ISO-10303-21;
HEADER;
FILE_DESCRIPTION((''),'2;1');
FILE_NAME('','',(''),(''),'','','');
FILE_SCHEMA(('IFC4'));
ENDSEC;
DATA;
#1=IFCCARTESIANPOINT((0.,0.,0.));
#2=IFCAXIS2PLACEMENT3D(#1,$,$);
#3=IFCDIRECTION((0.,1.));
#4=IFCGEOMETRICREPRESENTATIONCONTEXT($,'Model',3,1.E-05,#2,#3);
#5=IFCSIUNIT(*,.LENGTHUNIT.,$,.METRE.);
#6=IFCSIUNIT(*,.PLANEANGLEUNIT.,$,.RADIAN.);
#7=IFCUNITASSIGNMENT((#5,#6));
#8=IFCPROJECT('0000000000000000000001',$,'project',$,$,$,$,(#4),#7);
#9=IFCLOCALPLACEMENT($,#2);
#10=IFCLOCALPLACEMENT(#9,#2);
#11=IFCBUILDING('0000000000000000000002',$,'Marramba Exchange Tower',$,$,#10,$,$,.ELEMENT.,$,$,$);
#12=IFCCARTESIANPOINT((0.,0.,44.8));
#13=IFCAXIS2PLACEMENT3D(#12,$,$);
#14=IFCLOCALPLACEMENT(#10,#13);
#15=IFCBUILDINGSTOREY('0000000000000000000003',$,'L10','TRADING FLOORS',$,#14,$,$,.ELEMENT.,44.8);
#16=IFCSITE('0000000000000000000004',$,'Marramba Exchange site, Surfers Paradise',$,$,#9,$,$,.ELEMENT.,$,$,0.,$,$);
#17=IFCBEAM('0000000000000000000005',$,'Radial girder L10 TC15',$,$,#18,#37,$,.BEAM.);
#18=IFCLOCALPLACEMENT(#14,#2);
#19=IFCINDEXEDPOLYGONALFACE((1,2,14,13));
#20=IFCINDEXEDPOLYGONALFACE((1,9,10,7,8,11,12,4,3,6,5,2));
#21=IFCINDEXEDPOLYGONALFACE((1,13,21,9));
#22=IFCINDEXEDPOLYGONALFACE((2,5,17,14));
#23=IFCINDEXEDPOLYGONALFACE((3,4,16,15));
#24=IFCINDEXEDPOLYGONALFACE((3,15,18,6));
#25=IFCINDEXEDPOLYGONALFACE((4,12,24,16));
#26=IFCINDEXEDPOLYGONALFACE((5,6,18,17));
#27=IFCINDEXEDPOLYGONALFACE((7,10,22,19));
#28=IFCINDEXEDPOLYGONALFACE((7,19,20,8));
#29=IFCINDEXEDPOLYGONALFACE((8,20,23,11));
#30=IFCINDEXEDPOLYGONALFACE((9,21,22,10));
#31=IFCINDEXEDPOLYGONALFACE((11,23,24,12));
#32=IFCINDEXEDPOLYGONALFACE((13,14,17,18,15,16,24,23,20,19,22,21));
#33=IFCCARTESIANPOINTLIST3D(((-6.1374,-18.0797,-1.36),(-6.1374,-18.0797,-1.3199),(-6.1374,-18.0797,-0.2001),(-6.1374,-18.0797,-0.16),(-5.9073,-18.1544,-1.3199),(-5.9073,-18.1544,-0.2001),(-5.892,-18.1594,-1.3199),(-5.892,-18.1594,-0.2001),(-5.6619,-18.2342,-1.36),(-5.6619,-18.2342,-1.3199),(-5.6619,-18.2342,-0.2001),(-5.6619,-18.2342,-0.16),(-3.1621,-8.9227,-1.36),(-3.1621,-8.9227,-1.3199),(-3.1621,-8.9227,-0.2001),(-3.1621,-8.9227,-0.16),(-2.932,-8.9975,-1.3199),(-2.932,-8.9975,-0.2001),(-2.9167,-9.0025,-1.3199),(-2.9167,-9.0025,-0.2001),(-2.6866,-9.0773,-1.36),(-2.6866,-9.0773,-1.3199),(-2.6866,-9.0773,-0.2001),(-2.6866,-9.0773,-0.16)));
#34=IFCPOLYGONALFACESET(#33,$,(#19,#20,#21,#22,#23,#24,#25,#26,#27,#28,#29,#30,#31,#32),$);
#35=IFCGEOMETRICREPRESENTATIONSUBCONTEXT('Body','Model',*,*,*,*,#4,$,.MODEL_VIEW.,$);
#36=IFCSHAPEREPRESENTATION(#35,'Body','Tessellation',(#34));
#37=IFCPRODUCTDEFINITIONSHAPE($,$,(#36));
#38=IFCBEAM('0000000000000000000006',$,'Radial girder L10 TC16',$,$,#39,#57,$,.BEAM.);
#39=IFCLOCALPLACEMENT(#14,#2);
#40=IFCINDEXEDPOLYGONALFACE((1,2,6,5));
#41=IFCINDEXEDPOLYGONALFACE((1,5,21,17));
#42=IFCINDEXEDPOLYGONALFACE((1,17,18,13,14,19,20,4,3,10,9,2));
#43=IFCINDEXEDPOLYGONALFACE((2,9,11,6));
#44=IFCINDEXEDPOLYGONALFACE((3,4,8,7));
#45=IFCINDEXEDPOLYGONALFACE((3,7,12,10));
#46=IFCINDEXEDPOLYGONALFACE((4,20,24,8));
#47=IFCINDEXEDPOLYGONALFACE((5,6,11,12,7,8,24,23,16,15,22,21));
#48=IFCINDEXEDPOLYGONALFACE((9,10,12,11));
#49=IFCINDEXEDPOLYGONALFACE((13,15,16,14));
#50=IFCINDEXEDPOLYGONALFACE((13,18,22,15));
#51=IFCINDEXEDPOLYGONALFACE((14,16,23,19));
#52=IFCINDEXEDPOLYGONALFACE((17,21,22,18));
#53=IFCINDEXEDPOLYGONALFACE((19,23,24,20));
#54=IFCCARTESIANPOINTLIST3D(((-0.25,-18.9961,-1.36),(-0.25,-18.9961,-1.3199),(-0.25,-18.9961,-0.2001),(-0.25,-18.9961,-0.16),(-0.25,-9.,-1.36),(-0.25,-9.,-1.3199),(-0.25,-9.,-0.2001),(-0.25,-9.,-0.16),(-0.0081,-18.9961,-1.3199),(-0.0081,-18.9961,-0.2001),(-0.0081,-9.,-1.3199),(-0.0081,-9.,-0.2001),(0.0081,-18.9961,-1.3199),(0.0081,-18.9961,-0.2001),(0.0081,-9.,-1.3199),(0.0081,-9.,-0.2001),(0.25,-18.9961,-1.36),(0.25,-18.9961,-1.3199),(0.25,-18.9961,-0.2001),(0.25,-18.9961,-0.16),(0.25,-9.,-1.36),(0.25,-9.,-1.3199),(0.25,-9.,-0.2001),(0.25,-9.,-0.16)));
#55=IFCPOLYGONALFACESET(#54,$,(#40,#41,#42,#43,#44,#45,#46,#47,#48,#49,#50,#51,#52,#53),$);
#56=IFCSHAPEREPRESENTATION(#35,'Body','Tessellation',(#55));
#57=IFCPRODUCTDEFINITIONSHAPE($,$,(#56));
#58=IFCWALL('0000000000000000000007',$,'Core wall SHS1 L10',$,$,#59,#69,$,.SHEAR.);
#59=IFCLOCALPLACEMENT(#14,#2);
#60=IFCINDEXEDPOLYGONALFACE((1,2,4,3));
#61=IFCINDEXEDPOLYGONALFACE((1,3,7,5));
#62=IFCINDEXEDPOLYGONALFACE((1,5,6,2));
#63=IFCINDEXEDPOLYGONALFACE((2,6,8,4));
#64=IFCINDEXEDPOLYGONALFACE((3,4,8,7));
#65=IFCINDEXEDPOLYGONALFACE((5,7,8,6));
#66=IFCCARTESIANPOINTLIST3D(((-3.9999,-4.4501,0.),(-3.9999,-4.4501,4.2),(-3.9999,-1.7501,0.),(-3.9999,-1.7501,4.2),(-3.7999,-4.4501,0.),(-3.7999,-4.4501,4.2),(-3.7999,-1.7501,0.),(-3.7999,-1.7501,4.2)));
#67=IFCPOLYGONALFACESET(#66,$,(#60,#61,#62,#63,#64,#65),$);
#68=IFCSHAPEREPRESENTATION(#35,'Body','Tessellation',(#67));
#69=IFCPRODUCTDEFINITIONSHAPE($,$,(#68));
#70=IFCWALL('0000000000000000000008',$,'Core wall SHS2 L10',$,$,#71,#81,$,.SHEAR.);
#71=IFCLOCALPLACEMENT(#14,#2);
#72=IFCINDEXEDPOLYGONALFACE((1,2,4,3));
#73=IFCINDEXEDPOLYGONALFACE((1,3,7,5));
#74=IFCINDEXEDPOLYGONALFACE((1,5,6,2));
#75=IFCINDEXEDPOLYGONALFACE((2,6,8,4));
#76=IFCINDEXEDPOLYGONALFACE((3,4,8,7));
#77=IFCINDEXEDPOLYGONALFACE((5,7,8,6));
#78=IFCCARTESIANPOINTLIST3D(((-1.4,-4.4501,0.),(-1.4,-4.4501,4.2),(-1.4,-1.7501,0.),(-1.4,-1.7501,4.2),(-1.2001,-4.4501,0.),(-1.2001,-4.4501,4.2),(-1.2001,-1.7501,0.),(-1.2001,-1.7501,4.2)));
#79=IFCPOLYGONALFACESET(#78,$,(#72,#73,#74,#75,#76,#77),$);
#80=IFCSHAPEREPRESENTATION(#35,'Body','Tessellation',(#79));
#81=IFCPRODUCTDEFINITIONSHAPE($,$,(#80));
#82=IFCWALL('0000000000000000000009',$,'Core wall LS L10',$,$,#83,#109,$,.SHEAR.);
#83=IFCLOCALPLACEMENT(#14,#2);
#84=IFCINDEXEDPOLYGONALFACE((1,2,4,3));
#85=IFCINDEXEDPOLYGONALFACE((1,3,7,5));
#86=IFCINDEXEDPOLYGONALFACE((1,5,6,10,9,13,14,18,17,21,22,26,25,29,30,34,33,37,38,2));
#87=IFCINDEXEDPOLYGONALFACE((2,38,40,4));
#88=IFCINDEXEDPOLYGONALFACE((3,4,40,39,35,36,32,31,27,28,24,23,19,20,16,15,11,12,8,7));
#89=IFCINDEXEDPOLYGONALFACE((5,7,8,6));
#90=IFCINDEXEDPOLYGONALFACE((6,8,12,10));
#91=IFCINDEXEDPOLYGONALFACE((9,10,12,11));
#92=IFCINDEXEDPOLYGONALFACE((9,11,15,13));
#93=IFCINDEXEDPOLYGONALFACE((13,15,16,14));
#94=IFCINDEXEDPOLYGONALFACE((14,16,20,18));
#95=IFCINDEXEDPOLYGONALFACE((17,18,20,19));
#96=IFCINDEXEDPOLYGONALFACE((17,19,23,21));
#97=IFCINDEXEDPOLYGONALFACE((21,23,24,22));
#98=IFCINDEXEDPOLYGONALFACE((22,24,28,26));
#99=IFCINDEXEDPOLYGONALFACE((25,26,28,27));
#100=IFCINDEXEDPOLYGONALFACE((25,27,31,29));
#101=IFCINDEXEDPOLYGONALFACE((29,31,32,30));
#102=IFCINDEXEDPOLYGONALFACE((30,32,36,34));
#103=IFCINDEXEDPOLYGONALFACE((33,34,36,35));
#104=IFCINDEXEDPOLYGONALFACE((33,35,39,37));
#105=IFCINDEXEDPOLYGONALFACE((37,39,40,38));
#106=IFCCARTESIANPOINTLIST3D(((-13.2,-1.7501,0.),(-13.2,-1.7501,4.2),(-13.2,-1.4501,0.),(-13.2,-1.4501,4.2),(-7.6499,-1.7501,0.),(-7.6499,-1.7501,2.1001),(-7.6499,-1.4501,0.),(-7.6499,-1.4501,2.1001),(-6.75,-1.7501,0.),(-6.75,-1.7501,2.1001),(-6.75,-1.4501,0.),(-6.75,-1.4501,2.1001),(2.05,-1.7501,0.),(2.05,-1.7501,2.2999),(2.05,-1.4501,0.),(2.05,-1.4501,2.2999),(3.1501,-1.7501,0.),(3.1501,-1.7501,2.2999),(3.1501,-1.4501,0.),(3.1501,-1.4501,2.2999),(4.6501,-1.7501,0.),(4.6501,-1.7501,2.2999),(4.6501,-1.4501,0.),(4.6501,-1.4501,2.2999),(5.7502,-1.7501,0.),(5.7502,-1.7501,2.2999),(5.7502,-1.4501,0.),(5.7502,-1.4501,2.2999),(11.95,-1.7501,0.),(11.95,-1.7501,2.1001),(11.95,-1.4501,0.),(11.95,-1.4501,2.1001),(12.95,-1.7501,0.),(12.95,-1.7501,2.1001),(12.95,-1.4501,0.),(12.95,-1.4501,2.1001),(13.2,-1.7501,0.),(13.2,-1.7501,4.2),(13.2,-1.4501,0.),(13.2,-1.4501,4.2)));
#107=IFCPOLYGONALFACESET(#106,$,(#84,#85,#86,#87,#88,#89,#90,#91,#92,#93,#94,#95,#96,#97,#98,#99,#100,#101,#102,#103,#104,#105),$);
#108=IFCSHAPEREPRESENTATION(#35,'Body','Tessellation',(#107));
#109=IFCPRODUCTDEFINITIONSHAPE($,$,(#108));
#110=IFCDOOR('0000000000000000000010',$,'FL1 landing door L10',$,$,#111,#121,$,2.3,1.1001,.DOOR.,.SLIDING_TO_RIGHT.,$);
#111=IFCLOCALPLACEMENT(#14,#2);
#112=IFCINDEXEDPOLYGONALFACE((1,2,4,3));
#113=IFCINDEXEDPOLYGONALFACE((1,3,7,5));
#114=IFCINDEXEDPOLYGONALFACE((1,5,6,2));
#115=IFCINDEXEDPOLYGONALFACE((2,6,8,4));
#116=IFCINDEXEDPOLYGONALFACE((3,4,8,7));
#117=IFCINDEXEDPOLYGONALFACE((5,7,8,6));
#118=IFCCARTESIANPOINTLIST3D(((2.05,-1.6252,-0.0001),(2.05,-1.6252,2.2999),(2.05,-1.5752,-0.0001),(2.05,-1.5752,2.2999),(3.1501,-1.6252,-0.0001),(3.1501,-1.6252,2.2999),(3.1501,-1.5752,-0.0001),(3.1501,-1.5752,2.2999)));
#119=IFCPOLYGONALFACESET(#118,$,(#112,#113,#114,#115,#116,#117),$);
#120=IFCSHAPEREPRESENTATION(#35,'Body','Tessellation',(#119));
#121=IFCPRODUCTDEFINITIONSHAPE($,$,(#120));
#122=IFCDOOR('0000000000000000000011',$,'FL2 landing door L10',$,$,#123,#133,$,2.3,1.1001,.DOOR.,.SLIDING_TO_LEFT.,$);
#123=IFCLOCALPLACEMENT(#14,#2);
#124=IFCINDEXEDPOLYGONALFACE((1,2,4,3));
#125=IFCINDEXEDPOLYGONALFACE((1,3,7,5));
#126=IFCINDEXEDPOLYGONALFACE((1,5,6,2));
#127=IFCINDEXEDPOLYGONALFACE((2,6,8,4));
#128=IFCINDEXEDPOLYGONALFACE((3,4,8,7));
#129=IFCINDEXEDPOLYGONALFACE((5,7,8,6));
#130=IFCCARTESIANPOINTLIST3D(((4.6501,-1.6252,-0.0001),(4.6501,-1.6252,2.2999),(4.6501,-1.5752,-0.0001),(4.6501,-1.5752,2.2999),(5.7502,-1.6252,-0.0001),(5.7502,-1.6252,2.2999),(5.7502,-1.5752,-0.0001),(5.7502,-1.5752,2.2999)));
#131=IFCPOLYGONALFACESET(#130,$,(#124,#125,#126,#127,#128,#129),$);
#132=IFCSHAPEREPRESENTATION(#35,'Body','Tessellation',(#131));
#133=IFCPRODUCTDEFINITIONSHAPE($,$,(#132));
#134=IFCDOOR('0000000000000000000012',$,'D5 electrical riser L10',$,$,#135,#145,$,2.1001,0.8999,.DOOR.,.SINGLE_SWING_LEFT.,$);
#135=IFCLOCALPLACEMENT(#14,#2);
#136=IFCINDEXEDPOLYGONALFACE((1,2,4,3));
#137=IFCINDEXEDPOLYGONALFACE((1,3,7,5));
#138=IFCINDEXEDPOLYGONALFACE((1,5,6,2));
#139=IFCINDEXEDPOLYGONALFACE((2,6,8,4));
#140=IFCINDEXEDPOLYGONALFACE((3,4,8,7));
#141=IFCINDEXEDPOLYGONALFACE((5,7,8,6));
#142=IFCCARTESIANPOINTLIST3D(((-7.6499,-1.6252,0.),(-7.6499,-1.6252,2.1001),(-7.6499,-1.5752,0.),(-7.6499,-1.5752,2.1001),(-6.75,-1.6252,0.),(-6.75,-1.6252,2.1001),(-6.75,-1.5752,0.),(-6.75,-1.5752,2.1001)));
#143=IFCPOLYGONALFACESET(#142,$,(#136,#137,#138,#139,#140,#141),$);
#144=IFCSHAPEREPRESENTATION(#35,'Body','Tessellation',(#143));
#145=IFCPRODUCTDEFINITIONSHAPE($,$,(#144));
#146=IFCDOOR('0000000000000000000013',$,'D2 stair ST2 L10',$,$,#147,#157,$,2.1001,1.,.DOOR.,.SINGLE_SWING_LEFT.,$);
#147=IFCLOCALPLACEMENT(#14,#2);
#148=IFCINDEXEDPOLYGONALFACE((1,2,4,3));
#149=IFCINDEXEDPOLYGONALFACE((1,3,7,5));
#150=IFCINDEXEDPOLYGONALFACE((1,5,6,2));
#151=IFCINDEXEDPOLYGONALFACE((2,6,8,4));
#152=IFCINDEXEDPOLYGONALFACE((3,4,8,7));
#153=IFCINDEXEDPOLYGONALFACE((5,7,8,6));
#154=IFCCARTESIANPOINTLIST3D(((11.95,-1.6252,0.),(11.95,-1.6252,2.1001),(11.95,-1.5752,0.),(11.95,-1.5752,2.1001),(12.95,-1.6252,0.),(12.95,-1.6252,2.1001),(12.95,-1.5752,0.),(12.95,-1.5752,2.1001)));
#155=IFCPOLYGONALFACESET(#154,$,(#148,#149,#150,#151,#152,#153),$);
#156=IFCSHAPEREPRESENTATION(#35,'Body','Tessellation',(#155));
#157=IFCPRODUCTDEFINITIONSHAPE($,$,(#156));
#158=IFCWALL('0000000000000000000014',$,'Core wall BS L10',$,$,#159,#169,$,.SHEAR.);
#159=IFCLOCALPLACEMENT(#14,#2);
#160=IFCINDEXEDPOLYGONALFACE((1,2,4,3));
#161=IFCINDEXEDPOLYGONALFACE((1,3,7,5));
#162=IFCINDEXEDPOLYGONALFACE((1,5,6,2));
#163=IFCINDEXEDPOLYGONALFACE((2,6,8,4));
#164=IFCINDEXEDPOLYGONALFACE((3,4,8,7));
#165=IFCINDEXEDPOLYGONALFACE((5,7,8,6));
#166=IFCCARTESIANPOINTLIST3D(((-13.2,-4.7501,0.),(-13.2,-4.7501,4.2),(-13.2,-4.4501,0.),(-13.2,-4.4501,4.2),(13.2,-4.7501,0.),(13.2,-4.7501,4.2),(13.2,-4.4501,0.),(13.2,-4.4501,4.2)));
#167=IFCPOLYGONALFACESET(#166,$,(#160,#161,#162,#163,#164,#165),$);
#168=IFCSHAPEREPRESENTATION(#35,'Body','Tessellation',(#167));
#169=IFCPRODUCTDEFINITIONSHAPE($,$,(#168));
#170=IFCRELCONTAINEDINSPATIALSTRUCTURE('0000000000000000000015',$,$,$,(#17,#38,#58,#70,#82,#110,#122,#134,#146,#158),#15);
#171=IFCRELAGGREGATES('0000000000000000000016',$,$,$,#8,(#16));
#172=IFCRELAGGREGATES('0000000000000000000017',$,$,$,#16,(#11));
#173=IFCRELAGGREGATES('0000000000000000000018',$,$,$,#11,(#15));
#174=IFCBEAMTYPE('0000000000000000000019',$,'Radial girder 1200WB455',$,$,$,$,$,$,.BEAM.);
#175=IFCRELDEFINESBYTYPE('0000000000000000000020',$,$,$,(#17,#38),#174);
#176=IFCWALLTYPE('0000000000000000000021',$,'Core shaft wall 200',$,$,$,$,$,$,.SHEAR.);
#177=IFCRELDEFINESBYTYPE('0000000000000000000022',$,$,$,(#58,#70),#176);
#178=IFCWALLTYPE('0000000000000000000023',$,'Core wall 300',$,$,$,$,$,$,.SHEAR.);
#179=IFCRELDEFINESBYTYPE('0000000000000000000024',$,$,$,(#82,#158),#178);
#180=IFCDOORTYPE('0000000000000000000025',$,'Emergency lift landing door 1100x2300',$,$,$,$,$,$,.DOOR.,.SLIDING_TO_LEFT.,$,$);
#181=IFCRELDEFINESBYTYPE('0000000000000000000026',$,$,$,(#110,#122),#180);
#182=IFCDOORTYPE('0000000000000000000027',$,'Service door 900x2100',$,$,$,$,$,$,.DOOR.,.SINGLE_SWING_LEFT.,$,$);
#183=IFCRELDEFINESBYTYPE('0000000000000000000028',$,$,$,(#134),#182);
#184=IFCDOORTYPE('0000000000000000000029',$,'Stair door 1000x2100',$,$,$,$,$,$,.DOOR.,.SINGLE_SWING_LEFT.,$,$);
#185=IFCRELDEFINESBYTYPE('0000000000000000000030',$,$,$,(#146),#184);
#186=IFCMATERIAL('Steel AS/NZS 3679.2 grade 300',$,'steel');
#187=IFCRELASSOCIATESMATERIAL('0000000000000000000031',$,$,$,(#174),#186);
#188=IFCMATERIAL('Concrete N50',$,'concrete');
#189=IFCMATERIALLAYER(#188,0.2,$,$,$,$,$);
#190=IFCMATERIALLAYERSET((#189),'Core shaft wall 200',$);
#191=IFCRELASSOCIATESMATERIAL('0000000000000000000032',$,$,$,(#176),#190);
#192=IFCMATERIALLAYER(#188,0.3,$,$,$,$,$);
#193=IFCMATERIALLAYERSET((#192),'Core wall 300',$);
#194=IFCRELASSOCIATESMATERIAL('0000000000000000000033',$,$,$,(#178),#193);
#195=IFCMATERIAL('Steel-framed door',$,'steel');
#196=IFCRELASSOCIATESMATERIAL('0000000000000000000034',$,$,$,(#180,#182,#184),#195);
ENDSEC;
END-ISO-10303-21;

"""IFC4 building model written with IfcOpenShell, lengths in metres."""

from ifc_helpers import new_model, si_unit, direction, frame, frame_2d, origin, origin_2d, place, context, subcontext, project, spatial, rectangle, i_section, extrude, material, layer, layer_set, material_profile, profile_set, type_object, element, fill, save


model = new_model("IFC4")

# Units and contexts
model_context = context("Model", 3, precision=1e-05, world=origin(), true_north=direction((0.0, 1.0)))
body_context = subcontext(model_context, "Body", "Model", "MODEL_VIEW")
ifc_project = project(units=[si_unit("LENGTHUNIT", "METRE"), si_unit("PLANEANGLEUNIT", "RADIAN")], contexts=[model_context])

# Site, building, storey
site_placement = place(None, origin())
site = spatial("IfcSite", under=ifc_project, at=site_placement, Name="Marramba Exchange site, Surfers Paradise", CompositionType="ELEMENT", RefElevation=0.0)
building_placement = place(site_placement, origin())
building = spatial("IfcBuilding", under=site, at=building_placement, Name="Marramba Exchange Tower", CompositionType="ELEMENT")
storey_placement = place(building_placement, frame((0.0, 0.0, 44.8)))
storey = spatial("IfcBuildingStorey", under=building, at=storey_placement, Name="L10", Description="TRADING FLOORS", CompositionType="ELEMENT", Elevation=44.8)

# Beams
ifc_material_1 = material(Name="Steel AS/NZS 3679.2 grade 300", Category="steel")
ifc_material_profile = material_profile(ifc_material_1, i_section(OverallWidth=0.5, OverallDepth=1.2, WebThickness=0.0161, FlangeThickness=0.04, at=origin_2d()), Name="1200WB455")
ifc_profile_set = profile_set([ifc_material_profile], Name="Steel AS/NZS 3679.2 grade 300")
beam_type = type_object("IfcBeamType", Name="Radial girder 1200WB455", PredefinedType="BEAM", material=ifc_profile_set)
beam_1_placement = place(storey_placement, frame((-2.9243, -9.0, -0.76), z_axis=(-0.309022, -0.951055, 0.0), x_axis=(0.951055, -0.309022, 0.0)))
element("IfcBeam", 1, at=beam_1_placement, inside=storey, type_object=beam_type, Name="Radial girder L10 TC15", PredefinedType="BEAM", context=body_context, shape_type="SweptSolid", body=[
    extrude(i_section(OverallWidth=0.5, OverallDepth=1.2, WebThickness=0.0161, FlangeThickness=0.04, at=origin_2d()), origin(), (0.0, 0.0, 1.0), 9.6282),
])
beam_2_placement = place(storey_placement, frame((0.0, -9.0, -0.76), z_axis=(0.0, -1.0, 0.0), x_axis=(1.0, 0.0, 0.0)))
element("IfcBeam", 2, at=beam_2_placement, inside=storey, type_object=beam_type, Name="Radial girder L10 TC16", PredefinedType="BEAM", context=body_context, shape_type="SweptSolid", body=[
    extrude(i_section(OverallWidth=0.5, OverallDepth=1.2, WebThickness=0.0161, FlangeThickness=0.04, at=origin_2d()), origin(), (0.0, 0.0, 1.0), 9.9961),
])

# Walls
ifc_material_2 = material(Name="Concrete N50", Category="concrete")
ifc_layer_1 = layer(ifc_material_2, 0.2)
ifc_layer_set_1 = layer_set([ifc_layer_1], Name="Core shaft wall 200")
wall_type_1 = type_object("IfcWallType", Name="Core shaft wall 200", PredefinedType="SHEAR", material=ifc_layer_set_1)
for number, where, z_axis, x_axis, name in (
    (3, (-3.8999, -1.75, 0.0), (0.0, 0.0, 1.0), (0.0, -1.0, 0.0), "Core wall SHS1 L10"),
    (4, (-1.3, -1.75, 0.0), (0.0, 0.0, 1.0), (0.0, -1.0, 0.0), "Core wall SHS2 L10"),
):
    element("IfcWall", number, at=place(storey_placement, frame(where, z_axis=z_axis, x_axis=x_axis)), inside=storey, type_object=wall_type_1, Name=name, PredefinedType="SHEAR", context=body_context, shape_type="SweptSolid", body=[
        extrude(rectangle(XDim=2.7, YDim=0.2, at=frame_2d((1.3501, 0.0))), origin(), (0.0, 0.0, 1.0), 4.2),
    ])

# Wall, openings, doors
ifc_layer_2 = layer(ifc_material_2, 0.3)
ifc_layer_set_2 = layer_set([ifc_layer_2], Name="Core wall 300")
wall_type_2 = type_object("IfcWallType", Name="Core wall 300", PredefinedType="SHEAR", material=ifc_layer_set_2)
wall_1_placement = place(storey_placement, frame((-13.2, -1.6001, 0.0), z_axis=(0.0, 0.0, 1.0), x_axis=(1.0, 0.0, 0.0)))
wall_1 = element("IfcWall", 5, at=wall_1_placement, inside=storey, type_object=wall_type_2, Name="Core wall LS L10", PredefinedType="SHEAR", context=body_context, shape_type="SweptSolid", body=[
    extrude(rectangle(XDim=26.3999, YDim=0.3, at=frame_2d((13.2, 0.0))), origin(), (0.0, 0.0, 1.0), 4.2),
])
opening_1_placement = place(wall_1_placement, frame((25.1499, 0.0, 0.0)))
opening_1 = element("IfcOpeningElement", 6, at=opening_1_placement, cuts=wall_1, PredefinedType="OPENING", context=body_context, shape_type="SweptSolid", body=[
    extrude(rectangle(XDim=1.0, YDim=2.1001, at=frame_2d((0.5, 1.05))), frame((0.0, 0.1599, 0.0), z_axis=(0.0, -1.0, 0.0), x_axis=(1.0, 0.0, 0.0)), (0.0, 0.0, 1.0), 0.3201),
])
opening_2_placement = place(wall_1_placement, frame((15.25, 0.0, 0.0)))
opening_2 = element("IfcOpeningElement", 7, at=opening_2_placement, cuts=wall_1, PredefinedType="OPENING", context=body_context, shape_type="SweptSolid", body=[
    extrude(rectangle(XDim=1.1001, YDim=2.3, at=frame_2d((0.55, 1.1499))), frame((0.0, 0.1599, 0.0), z_axis=(0.0, -1.0, 0.0), x_axis=(1.0, 0.0, 0.0)), (0.0, 0.0, 1.0), 0.3201),
])
opening_3_placement = place(wall_1_placement, frame((17.8501, 0.0, 0.0)))
opening_3 = element("IfcOpeningElement", 8, at=opening_3_placement, cuts=wall_1, PredefinedType="OPENING", context=body_context, shape_type="SweptSolid", body=[
    extrude(rectangle(XDim=1.1001, YDim=2.3, at=frame_2d((0.55, 1.1499))), frame((0.0, 0.1599, 0.0), z_axis=(0.0, -1.0, 0.0), x_axis=(1.0, 0.0, 0.0)), (0.0, 0.0, 1.0), 0.3201),
])
opening_4_placement = place(wall_1_placement, frame((5.55, 0.0, 0.0)))
opening_4 = element("IfcOpeningElement", 9, at=opening_4_placement, cuts=wall_1, PredefinedType="OPENING", context=body_context, shape_type="SweptSolid", body=[
    extrude(rectangle(XDim=0.8999, YDim=2.1001, at=frame_2d((0.45, 1.05))), frame((0.0, 0.1599, 0.0), z_axis=(0.0, -1.0, 0.0), x_axis=(1.0, 0.0, 0.0)), (0.0, 0.0, 1.0), 0.3201),
])
ifc_material_3 = material(Name="Steel-framed door", Category="steel")
door_type_1 = type_object("IfcDoorType", Name="Emergency lift landing door 1100x2300", OperationType="SLIDING_TO_LEFT", PredefinedType="DOOR", material=ifc_material_3)
door_1_placement = place(opening_2_placement, frame((1.1001, 0.0, 0.0), z_axis=(0.0, 0.0, 1.0), x_axis=(-1.0, 0.0, 0.0)))
door_1 = element("IfcDoor", 10, at=door_1_placement, inside=storey, type_object=door_type_1, Name="FL1 landing door L10", OperationType="SLIDING_TO_RIGHT", OverallHeight=2.3, OverallWidth=1.1001, PredefinedType="DOOR", context=body_context, shape_type="SweptSolid", body=[
    extrude(rectangle(XDim=1.1001, YDim=2.3, at=frame_2d((0.55, 1.1499))), frame((0.0, 0.0251, 0.0), z_axis=(0.0, -1.0, 0.0), x_axis=(1.0, 0.0, 0.0)), (0.0, 0.0, 1.0), 0.05),
])
fill(opening_2, door_1)
door_2_placement = place(opening_3_placement, frame((1.1001, 0.0, 0.0), z_axis=(0.0, 0.0, 1.0), x_axis=(-1.0, 0.0, 0.0)))
door_2 = element("IfcDoor", 11, at=door_2_placement, inside=storey, type_object=door_type_1, Name="FL2 landing door L10", OperationType="SLIDING_TO_LEFT", OverallHeight=2.3, OverallWidth=1.1001, PredefinedType="DOOR", context=body_context, shape_type="SweptSolid", body=[
    extrude(rectangle(XDim=1.1001, YDim=2.3, at=frame_2d((0.55, 1.1499))), frame((0.0, 0.0251, 0.0), z_axis=(0.0, -1.0, 0.0), x_axis=(1.0, 0.0, 0.0)), (0.0, 0.0, 1.0), 0.05),
])
fill(opening_3, door_2)
door_type_2 = type_object("IfcDoorType", Name="Service door 900x2100", OperationType="SINGLE_SWING_LEFT", PredefinedType="DOOR", material=ifc_material_3)
door_3_placement = place(opening_4_placement, frame((0.8999, 0.0, 0.0), z_axis=(0.0, 0.0, 1.0), x_axis=(-1.0, 0.0, 0.0)))
door_3 = element("IfcDoor", 12, at=door_3_placement, inside=storey, type_object=door_type_2, Name="D5 electrical riser L10", OperationType="SINGLE_SWING_LEFT", OverallHeight=2.1001, OverallWidth=0.8999, PredefinedType="DOOR", context=body_context, shape_type="SweptSolid", body=[
    extrude(rectangle(XDim=0.8999, YDim=2.1001, at=frame_2d((0.45, 1.05))), frame((0.0, 0.0251, 0.0), z_axis=(0.0, -1.0, 0.0), x_axis=(1.0, 0.0, 0.0)), (0.0, 0.0, 1.0), 0.05),
])
fill(opening_4, door_3)
door_type_3 = type_object("IfcDoorType", Name="Stair door 1000x2100", OperationType="SINGLE_SWING_LEFT", PredefinedType="DOOR", material=ifc_material_3)
door_4_placement = place(opening_1_placement, frame((1.0, 0.0, 0.0), z_axis=(0.0, 0.0, 1.0), x_axis=(-1.0, 0.0, 0.0)))
door_4 = element("IfcDoor", 13, at=door_4_placement, inside=storey, type_object=door_type_3, Name="D2 stair ST2 L10", OperationType="SINGLE_SWING_LEFT", OverallHeight=2.1001, OverallWidth=1.0, PredefinedType="DOOR", context=body_context, shape_type="SweptSolid", body=[
    extrude(rectangle(XDim=1.0, YDim=2.1001, at=frame_2d((0.5, 1.05))), frame((0.0, 0.0251, 0.0), z_axis=(0.0, -1.0, 0.0), x_axis=(1.0, 0.0, 0.0)), (0.0, 0.0, 1.0), 0.05),
])
fill(opening_1, door_4)

# Wall
wall_2_placement = place(storey_placement, frame((-13.2, -4.6001, 0.0), z_axis=(0.0, 0.0, 1.0), x_axis=(1.0, 0.0, 0.0)))
element("IfcWall", 14, at=wall_2_placement, inside=storey, type_object=wall_type_2, Name="Core wall BS L10", PredefinedType="SHEAR", context=body_context, shape_type="SweptSolid", body=[
    extrude(rectangle(XDim=26.3999, YDim=0.3, at=frame_2d((13.2, 0.0))), origin(), (0.0, 0.0, 1.0), 4.2),
])

save(model, "model.ifc")
